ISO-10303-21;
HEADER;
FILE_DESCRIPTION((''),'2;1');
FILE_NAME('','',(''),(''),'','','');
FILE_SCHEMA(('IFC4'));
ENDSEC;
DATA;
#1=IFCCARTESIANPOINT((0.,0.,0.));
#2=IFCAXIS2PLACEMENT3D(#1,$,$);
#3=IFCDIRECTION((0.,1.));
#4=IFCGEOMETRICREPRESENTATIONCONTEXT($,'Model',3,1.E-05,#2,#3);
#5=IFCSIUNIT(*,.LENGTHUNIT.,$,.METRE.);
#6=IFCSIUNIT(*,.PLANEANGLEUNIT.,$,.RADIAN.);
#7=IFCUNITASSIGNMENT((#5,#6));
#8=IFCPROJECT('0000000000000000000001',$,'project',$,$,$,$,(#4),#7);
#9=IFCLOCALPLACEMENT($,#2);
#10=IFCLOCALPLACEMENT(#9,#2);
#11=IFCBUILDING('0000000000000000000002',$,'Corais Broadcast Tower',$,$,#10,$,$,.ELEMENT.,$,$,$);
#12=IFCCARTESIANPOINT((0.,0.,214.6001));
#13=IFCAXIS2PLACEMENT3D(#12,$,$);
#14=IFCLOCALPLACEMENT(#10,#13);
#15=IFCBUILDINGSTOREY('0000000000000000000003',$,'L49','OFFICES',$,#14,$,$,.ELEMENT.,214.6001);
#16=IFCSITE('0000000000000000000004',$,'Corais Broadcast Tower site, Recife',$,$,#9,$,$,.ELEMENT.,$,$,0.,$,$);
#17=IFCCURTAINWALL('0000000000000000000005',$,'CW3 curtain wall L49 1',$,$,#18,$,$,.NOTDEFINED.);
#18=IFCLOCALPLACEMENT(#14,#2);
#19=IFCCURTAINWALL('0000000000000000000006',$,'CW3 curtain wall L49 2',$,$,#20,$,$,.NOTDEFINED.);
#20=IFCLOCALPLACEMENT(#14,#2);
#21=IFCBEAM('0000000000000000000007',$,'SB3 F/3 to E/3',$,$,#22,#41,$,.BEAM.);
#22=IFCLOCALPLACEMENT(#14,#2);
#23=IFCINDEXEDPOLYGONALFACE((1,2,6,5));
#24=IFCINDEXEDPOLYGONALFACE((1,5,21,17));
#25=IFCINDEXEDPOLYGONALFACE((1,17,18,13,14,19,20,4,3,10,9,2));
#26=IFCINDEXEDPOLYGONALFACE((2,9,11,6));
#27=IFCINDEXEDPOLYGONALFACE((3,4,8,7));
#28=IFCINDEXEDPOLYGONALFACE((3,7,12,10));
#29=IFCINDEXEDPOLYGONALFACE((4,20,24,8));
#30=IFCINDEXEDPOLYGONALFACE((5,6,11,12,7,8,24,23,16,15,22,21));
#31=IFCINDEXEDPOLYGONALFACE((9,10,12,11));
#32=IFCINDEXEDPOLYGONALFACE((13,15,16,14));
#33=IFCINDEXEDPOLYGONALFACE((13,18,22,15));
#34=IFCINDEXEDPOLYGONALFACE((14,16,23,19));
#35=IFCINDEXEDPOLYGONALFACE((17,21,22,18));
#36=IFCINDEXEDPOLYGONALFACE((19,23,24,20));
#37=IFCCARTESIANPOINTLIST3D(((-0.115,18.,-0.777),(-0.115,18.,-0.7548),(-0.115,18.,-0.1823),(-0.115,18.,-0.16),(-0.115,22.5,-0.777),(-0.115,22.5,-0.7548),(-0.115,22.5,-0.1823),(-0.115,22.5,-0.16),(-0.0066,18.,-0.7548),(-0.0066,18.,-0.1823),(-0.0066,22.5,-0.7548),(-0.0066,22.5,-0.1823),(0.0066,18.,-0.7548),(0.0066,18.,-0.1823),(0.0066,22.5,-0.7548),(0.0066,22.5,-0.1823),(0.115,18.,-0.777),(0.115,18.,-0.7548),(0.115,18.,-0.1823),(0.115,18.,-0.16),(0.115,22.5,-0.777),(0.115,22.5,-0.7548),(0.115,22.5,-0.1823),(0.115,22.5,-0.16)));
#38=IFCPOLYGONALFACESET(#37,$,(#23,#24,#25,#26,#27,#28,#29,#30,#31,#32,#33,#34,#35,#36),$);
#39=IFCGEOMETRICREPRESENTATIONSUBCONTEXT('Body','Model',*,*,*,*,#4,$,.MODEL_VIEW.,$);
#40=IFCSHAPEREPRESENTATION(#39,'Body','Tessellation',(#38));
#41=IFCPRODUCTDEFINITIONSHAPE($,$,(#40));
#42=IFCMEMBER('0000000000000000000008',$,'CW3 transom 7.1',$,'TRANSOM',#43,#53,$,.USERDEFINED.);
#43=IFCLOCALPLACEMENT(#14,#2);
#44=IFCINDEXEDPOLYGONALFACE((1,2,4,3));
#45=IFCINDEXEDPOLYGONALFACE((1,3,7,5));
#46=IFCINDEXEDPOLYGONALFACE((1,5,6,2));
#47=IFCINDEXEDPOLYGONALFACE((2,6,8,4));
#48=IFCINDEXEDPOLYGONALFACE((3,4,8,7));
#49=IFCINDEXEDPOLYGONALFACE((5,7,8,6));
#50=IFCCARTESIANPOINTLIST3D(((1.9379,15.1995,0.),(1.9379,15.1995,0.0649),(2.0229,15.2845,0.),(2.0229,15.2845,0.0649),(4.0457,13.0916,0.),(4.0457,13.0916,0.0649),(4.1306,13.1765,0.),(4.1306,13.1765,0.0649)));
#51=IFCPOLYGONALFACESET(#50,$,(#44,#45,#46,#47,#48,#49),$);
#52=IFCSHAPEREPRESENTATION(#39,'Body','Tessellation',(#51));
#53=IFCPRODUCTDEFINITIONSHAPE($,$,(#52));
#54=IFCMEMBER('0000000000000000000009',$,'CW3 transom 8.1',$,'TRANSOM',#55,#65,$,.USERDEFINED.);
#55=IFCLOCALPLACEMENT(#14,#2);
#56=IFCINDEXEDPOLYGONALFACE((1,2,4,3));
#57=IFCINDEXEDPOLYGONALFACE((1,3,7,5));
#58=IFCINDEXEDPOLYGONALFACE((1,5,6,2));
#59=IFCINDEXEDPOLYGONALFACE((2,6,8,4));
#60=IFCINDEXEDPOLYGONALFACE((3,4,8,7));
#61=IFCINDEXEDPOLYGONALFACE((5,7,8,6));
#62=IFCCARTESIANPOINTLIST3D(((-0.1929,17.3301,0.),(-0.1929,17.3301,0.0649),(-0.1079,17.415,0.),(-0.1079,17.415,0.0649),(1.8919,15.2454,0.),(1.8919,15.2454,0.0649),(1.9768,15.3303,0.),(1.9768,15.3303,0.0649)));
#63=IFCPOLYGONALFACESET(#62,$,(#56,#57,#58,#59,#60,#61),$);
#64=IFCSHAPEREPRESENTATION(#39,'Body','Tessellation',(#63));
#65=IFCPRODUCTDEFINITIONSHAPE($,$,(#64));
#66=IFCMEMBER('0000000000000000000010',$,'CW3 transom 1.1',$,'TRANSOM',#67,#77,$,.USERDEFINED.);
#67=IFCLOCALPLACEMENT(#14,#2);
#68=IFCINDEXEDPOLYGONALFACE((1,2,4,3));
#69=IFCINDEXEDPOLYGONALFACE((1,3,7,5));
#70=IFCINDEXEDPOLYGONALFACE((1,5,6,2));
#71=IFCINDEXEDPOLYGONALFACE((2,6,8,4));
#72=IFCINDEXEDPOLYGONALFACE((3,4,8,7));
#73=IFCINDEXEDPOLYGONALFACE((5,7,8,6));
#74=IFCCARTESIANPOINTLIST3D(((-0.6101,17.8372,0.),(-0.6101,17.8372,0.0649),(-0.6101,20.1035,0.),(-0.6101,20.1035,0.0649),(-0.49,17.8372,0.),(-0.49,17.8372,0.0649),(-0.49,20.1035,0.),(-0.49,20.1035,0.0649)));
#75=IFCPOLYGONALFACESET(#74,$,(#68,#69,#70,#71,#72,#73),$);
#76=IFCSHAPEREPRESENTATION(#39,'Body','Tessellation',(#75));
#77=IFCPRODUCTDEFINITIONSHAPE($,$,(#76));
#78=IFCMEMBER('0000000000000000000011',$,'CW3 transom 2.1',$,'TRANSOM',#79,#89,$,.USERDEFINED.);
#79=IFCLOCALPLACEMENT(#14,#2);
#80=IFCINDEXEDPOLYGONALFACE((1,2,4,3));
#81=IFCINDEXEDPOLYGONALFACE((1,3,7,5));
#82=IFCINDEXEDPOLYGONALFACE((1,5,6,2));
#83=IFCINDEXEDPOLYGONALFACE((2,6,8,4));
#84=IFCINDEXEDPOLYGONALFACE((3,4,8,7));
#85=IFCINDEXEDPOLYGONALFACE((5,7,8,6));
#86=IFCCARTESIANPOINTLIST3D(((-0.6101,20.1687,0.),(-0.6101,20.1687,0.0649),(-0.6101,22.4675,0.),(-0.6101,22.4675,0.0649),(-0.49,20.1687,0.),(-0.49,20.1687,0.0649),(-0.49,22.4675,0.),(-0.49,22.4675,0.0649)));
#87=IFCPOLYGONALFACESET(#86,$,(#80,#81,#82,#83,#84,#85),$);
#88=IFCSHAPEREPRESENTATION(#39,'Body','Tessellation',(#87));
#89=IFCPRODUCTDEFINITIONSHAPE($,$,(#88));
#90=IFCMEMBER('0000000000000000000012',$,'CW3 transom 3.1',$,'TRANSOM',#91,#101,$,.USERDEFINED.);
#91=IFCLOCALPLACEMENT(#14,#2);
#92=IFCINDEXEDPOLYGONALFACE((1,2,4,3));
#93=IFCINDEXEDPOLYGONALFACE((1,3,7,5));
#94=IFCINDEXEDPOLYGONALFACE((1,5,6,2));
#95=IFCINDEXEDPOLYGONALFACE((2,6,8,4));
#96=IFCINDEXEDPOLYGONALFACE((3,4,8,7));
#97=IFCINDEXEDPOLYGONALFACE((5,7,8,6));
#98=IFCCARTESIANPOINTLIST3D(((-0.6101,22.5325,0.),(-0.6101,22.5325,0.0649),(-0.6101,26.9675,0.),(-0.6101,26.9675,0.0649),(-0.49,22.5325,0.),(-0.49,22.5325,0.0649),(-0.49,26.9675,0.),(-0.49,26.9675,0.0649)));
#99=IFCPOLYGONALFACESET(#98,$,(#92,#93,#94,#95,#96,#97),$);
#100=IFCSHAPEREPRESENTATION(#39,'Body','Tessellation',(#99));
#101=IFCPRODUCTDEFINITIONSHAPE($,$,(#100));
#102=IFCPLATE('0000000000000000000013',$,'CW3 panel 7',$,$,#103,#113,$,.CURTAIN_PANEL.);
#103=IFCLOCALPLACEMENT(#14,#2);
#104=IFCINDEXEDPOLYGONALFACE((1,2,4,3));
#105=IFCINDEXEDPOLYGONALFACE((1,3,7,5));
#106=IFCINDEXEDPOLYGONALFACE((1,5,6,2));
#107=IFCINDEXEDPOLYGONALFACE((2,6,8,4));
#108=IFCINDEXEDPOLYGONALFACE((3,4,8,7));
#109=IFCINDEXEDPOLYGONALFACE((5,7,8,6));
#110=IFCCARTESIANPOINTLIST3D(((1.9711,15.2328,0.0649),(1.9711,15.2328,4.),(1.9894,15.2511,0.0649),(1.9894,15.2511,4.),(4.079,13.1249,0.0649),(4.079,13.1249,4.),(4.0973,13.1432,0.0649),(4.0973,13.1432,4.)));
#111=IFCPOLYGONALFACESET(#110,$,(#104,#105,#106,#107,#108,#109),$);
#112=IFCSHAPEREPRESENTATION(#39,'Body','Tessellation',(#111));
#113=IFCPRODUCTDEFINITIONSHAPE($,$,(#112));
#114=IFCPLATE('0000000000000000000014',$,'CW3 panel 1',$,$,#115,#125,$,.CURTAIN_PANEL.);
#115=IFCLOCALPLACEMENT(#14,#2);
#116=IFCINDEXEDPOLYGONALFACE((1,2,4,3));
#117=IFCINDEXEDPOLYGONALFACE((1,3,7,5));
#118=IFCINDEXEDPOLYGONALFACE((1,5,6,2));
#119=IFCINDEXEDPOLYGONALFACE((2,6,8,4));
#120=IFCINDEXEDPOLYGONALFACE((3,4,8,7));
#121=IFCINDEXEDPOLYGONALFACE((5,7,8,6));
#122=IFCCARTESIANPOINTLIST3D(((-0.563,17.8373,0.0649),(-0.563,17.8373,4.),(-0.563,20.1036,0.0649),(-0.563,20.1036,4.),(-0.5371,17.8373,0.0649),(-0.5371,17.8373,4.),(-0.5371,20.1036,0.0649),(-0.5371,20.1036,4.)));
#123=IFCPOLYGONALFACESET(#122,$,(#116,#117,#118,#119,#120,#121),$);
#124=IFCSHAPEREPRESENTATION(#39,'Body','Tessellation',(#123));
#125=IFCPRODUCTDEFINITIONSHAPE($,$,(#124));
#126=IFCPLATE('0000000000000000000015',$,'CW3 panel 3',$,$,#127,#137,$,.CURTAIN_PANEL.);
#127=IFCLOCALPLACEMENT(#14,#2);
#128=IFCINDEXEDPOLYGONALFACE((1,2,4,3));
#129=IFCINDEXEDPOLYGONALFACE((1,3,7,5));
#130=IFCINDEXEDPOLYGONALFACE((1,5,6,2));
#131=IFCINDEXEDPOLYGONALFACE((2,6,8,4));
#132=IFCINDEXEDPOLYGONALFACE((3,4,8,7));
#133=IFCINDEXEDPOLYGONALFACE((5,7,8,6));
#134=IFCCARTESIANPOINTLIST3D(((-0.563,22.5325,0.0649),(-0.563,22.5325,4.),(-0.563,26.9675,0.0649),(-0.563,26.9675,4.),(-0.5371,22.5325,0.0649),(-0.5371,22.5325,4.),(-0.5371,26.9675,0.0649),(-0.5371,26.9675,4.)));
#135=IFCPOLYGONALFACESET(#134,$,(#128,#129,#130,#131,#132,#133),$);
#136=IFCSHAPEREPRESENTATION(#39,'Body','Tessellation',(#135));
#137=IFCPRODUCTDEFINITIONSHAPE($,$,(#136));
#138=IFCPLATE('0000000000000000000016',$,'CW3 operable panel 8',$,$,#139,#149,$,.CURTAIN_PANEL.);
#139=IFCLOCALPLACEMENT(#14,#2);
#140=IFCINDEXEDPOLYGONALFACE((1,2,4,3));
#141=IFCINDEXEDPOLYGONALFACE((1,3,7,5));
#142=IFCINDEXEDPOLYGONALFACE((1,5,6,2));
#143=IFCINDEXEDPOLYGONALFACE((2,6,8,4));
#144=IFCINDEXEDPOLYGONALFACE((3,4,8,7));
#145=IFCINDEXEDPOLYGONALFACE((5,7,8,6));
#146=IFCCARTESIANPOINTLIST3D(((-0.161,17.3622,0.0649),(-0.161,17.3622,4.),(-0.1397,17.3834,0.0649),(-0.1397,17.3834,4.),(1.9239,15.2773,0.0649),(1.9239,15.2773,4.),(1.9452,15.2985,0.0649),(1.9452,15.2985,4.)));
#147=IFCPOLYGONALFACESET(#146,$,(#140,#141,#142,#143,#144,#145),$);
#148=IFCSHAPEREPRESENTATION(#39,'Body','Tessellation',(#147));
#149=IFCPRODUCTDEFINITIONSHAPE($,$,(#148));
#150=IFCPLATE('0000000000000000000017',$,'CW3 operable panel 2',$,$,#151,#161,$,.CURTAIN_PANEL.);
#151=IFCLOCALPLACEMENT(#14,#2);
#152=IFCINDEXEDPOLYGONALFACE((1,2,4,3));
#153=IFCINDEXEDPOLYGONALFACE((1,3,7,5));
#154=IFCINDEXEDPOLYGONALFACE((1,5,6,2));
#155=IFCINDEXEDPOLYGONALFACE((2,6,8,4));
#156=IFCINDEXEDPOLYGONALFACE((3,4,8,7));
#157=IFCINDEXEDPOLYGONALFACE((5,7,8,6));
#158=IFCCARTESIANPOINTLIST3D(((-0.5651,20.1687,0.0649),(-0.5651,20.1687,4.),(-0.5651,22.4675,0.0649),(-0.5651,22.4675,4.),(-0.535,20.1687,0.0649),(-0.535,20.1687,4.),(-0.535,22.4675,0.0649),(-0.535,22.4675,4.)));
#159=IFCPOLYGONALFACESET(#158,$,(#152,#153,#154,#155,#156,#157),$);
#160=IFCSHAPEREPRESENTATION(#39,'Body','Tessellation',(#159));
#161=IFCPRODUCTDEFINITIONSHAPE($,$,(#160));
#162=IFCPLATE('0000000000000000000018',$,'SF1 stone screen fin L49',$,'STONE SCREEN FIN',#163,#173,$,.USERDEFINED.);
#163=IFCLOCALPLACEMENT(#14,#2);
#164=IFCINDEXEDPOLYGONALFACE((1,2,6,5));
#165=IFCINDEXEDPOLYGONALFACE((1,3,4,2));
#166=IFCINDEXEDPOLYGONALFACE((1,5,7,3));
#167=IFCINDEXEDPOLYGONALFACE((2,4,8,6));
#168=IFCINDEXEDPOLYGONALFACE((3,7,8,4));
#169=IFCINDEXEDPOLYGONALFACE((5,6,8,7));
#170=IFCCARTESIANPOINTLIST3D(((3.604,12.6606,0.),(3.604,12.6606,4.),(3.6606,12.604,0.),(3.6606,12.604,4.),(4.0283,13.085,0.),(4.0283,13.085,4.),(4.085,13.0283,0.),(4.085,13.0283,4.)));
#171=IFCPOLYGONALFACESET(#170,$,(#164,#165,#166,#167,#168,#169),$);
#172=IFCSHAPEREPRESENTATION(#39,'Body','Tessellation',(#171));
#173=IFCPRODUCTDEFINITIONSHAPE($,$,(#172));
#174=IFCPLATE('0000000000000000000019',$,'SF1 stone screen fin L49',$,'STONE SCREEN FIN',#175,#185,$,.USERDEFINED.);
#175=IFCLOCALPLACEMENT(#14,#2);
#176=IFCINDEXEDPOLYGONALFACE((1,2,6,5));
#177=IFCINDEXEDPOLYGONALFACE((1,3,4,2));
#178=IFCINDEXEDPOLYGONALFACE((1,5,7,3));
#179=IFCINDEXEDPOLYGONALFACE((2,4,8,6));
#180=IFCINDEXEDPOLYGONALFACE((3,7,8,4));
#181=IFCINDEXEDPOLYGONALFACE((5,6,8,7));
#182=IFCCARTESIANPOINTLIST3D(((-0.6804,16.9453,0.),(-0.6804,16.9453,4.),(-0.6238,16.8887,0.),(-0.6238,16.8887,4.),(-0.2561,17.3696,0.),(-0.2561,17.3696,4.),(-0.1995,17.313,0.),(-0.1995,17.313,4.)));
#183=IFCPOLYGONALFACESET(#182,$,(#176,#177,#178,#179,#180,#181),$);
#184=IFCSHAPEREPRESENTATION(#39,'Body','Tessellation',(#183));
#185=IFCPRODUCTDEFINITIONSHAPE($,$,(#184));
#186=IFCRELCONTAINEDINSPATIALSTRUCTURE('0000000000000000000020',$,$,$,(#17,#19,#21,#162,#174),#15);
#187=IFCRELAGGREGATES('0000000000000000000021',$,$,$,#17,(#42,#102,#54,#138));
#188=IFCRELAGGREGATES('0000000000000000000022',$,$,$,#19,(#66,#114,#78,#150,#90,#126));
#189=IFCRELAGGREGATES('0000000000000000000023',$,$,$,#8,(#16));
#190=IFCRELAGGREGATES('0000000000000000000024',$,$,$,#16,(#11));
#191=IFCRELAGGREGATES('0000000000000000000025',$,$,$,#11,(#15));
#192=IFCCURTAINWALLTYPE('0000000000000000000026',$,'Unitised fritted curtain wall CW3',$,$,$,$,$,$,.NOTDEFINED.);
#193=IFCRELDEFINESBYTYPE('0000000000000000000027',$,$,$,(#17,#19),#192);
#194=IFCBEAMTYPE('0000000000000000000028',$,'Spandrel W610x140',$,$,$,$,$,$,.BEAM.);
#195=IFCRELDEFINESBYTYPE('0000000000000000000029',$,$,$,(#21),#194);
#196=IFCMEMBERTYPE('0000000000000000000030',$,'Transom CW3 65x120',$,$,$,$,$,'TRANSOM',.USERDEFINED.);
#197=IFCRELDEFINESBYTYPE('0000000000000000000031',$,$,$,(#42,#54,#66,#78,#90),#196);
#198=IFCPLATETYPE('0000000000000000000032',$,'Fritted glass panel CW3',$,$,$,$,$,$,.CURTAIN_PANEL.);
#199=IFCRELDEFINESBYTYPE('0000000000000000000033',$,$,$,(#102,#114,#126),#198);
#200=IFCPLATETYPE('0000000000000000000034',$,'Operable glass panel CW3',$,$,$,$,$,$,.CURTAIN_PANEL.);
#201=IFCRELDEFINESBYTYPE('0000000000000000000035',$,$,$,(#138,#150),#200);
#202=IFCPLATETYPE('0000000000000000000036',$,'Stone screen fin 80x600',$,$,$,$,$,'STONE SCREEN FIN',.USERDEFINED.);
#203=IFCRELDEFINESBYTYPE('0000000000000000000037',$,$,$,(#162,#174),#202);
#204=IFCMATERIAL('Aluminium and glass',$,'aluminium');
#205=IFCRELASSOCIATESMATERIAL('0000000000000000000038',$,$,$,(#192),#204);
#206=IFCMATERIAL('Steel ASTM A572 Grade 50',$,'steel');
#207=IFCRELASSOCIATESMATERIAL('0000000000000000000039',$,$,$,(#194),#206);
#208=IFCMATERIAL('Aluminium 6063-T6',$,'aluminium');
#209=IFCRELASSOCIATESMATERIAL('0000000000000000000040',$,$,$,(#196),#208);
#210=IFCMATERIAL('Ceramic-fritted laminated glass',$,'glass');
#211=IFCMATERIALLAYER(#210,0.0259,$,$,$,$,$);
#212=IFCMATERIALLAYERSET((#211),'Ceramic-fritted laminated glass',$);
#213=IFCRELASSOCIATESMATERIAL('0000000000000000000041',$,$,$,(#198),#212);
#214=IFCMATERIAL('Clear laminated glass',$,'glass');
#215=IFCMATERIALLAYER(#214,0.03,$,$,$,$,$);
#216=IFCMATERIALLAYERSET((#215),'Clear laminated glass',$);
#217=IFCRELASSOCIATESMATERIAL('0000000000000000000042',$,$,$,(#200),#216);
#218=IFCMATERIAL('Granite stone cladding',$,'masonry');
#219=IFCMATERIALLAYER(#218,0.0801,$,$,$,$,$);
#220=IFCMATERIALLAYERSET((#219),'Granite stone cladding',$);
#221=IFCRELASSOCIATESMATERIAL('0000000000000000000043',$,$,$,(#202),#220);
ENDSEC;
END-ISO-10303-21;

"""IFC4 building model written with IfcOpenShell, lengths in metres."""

from ifc_helpers import new_model, si_unit, direction, frame, origin, origin_2d, place, context, subcontext, project, spatial, rectangle, i_section, extrude, material, layer, layer_set, material_profile, profile_set, type_object, element, aggregate, save


model = new_model("IFC4")

# Units and contexts
model_context = context("Model", 3, precision=1e-05, world=origin(), true_north=direction((0.0, 1.0)))
body_context = subcontext(model_context, "Body", "Model", "MODEL_VIEW")
ifc_project = project(units=[si_unit("LENGTHUNIT", "METRE"), si_unit("PLANEANGLEUNIT", "RADIAN")], contexts=[model_context])

# Site, building, storey
site_placement = place(None, origin())
site = spatial("IfcSite", under=ifc_project, at=site_placement, Name="Corais Broadcast Tower site, Recife", CompositionType="ELEMENT", RefElevation=0.0)
building_placement = place(site_placement, origin())
building = spatial("IfcBuilding", under=site, at=building_placement, Name="Corais Broadcast Tower", CompositionType="ELEMENT")
storey_placement = place(building_placement, frame((0.0, 0.0, 214.6001)))
storey = spatial("IfcBuildingStorey", under=building, at=storey_placement, Name="L49", Description="OFFICES", CompositionType="ELEMENT", Elevation=214.6001)

# Curtain walls
ifc_material_1 = material(Name="Aluminium and glass", Category="aluminium")
curtain_wall_type = type_object("IfcCurtainWallType", Name="Unitised fritted curtain wall CW3", PredefinedType="NOTDEFINED", material=ifc_material_1)
curtain_wall_1_placement = place(storey_placement, origin())
curtain_wall_1 = element("IfcCurtainWall", 1, at=curtain_wall_1_placement, inside=storey, type_object=curtain_wall_type, Name="CW3 curtain wall L49 1", PredefinedType="NOTDEFINED")
curtain_wall_2_placement = place(storey_placement, origin())
curtain_wall_2 = element("IfcCurtainWall", 2, at=curtain_wall_2_placement, inside=storey, type_object=curtain_wall_type, Name="CW3 curtain wall L49 2", PredefinedType="NOTDEFINED")

# Beam
ifc_material_2 = material(Name="Steel ASTM A572 Grade 50", Category="steel")
ifc_material_profile_1 = material_profile(ifc_material_2, i_section(OverallWidth=0.23, OverallDepth=0.6169, WebThickness=0.0132, FlangeThickness=0.0222, at=origin_2d()), Name="W610x140")
ifc_profile_set_1 = profile_set([ifc_material_profile_1], Name="Steel ASTM A572 Grade 50")
beam_type_1 = type_object("IfcBeamType", Name="Spandrel W610x140", PredefinedType="BEAM", material=ifc_profile_set_1)
beam_1_placement = place(storey_placement, frame((0.0, 22.5, -0.4685), z_axis=(0.0, -1.0, 0.0), x_axis=(1.0, 0.0, 0.0)))
element("IfcBeam", 3, at=beam_1_placement, inside=storey, type_object=beam_type_1, Name="SB3 F/3 to E/3", PredefinedType="BEAM", context=body_context, shape_type="SweptSolid", body=[
    extrude(i_section(OverallWidth=0.23, OverallDepth=0.6169, WebThickness=0.0132, FlangeThickness=0.0222, at=origin_2d()), origin(), (0.0, 0.0, 1.0), 4.5),
])

# Members
ifc_material_3 = material(Name="Aluminium 6063-T6", Category="aluminium")
ifc_material_profile_2 = material_profile(ifc_material_3, rectangle(XDim=0.1201, YDim=0.0649, at=origin_2d()), Name="Transom CW3 65x120")
ifc_profile_set_2 = profile_set([ifc_material_profile_2], Name="Aluminium 6063-T6")
member_type_1 = type_object("IfcMemberType", Name="Transom CW3 65x120", ElementType="TRANSOM", PredefinedType="USERDEFINED", material=ifc_profile_set_2)
member_1_placement = place(storey_placement, frame((4.0881, 13.134, 0.0325), z_axis=(-0.707066, 0.707148, 0.0), x_axis=(-0.707148, -0.707066, 0.0)))
member_1 = element("IfcMember", 4, at=member_1_placement, type_object=member_type_1, Name="CW3 transom 7.1", ObjectType="TRANSOM", PredefinedType="USERDEFINED", context=body_context, shape_type="SweptSolid", body=[
    extrude(rectangle(XDim=0.1201, YDim=0.0649, at=origin_2d()), origin(), (0.0, 0.0, 1.0), 2.981),
])
member_2_placement = place(storey_placement, frame((1.9343, 15.2878, 0.0325), z_axis=(-0.707107, 0.707107, 0.0), x_axis=(-0.707107, -0.707107, 0.0)))
member_2 = element("IfcMember", 5, at=member_2_placement, type_object=member_type_1, Name="CW3 transom 8.1", ObjectType="TRANSOM", PredefinedType="USERDEFINED", context=body_context, shape_type="SweptSolid", body=[
    extrude(rectangle(XDim=0.1201, YDim=0.0649, at=origin_2d()), origin(), (0.0, 0.0, 1.0), 2.9482),
])
member_3_placement = place(storey_placement, frame((-0.55, 17.8372, 0.0325), z_axis=(0.0, 1.0, 0.0), x_axis=(-1.0, 0.0, 0.0)))
member_3 = element("IfcMember", 6, at=member_3_placement, type_object=member_type_1, Name="CW3 transom 1.1", ObjectType="TRANSOM", PredefinedType="USERDEFINED", context=body_context, shape_type="SweptSolid", body=[
    extrude(rectangle(XDim=0.1201, YDim=0.0649, at=origin_2d()), origin(), (0.0, 0.0, 1.0), 2.2664),
])
member_4_placement = place(storey_placement, frame((-0.55, 20.1687, 0.0325), z_axis=(0.0, 1.0, 0.0), x_axis=(-1.0, 0.0, 0.0)))
member_4 = element("IfcMember", 7, at=member_4_placement, type_object=member_type_1, Name="CW3 transom 2.1", ObjectType="TRANSOM", PredefinedType="USERDEFINED", context=body_context, shape_type="SweptSolid", body=[
    extrude(rectangle(XDim=0.1201, YDim=0.0649, at=origin_2d()), origin(), (0.0, 0.0, 1.0), 2.2988),
])
member_5_placement = place(storey_placement, frame((-0.55, 22.5325, 0.0325), z_axis=(0.0, 1.0, 0.0), x_axis=(-1.0, 0.0, 0.0)))
member_5 = element("IfcMember", 8, at=member_5_placement, type_object=member_type_1, Name="CW3 transom 3.1", ObjectType="TRANSOM", PredefinedType="USERDEFINED", context=body_context, shape_type="SweptSolid", body=[
    extrude(rectangle(XDim=0.1201, YDim=0.0649, at=origin_2d()), origin(), (0.0, 0.0, 1.0), 4.4351),
])

# Plates
ifc_material_4 = material(Name="Ceramic-fritted laminated glass", Category="glass")
ifc_layer_1 = layer(ifc_material_4, 0.0259)
ifc_layer_set_1 = layer_set([ifc_layer_1], Name="Ceramic-fritted laminated glass")
plate_type_1 = type_object("IfcPlateType", Name="Fritted glass panel CW3", PredefinedType="CURTAIN_PANEL", material=ifc_layer_set_1)
plate_1_placement = place(storey_placement, frame((3.0342, 14.188, 0.0649), z_axis=(0.0, 0.0, 1.0), x_axis=(-0.707107, 0.707107, 0.0)))
plate_1 = element("IfcPlate", 9, at=plate_1_placement, type_object=plate_type_1, Name="CW3 panel 7", PredefinedType="CURTAIN_PANEL", context=body_context, shape_type="SweptSolid", body=[
    extrude(rectangle(XDim=2.981, YDim=0.0259, at=origin_2d()), origin(), (0.0, 0.0, 1.0), 3.9351),
])
plate_2_placement = place(storey_placement, frame((-0.55, 18.9705, 0.0649), z_axis=(0.0, 0.0, 1.0), x_axis=(0.0, 1.0, 0.0)))
plate_2 = element("IfcPlate", 10, at=plate_2_placement, type_object=plate_type_1, Name="CW3 panel 1", PredefinedType="CURTAIN_PANEL", context=body_context, shape_type="SweptSolid", body=[
    extrude(rectangle(XDim=2.2664, YDim=0.0259, at=origin_2d()), origin(), (0.0, 0.0, 1.0), 3.9351),
])
plate_3_placement = place(storey_placement, frame((-0.55, 24.75, 0.0649), z_axis=(0.0, 0.0, 1.0), x_axis=(0.0, 1.0, 0.0)))
plate_3 = element("IfcPlate", 11, at=plate_3_placement, type_object=plate_type_1, Name="CW3 panel 3", PredefinedType="CURTAIN_PANEL", context=body_context, shape_type="SweptSolid", body=[
    extrude(rectangle(XDim=4.4351, YDim=0.0259, at=origin_2d()), origin(), (0.0, 0.0, 1.0), 3.9351),
])
ifc_material_5 = material(Name="Clear laminated glass", Category="glass")
ifc_layer_2 = layer(ifc_material_5, 0.03)
ifc_layer_set_2 = layer_set([ifc_layer_2], Name="Clear laminated glass")
plate_type_2 = type_object("IfcPlateType", Name="Operable glass panel CW3", PredefinedType="CURTAIN_PANEL", material=ifc_layer_set_2)
plate_4_placement = place(storey_placement, frame((0.8921, 16.3303, 0.0649), z_axis=(0.0, 0.0, 1.0), x_axis=(-0.707107, 0.707107, 0.0)))
plate_4 = element("IfcPlate", 12, at=plate_4_placement, type_object=plate_type_2, Name="CW3 operable panel 8", PredefinedType="CURTAIN_PANEL", context=body_context, shape_type="SweptSolid", body=[
    extrude(rectangle(XDim=2.9485, YDim=0.03, at=origin_2d()), origin(), (0.0, 0.0, 1.0), 3.9351),
])
aggregate(curtain_wall_1, [member_1, plate_1, member_2, plate_4])
plate_5_placement = place(storey_placement, frame((-0.55, 21.3181, 0.0649), z_axis=(0.0, 0.0, 1.0), x_axis=(0.0, 1.0, 0.0)))
plate_5 = element("IfcPlate", 13, at=plate_5_placement, type_object=plate_type_2, Name="CW3 operable panel 2", PredefinedType="CURTAIN_PANEL", context=body_context, shape_type="SweptSolid", body=[
    extrude(rectangle(XDim=2.2988, YDim=0.03, at=origin_2d()), origin(), (0.0, 0.0, 1.0), 3.9351),
])
aggregate(curtain_wall_2, [member_3, plate_2, member_4, plate_5, member_5, plate_3])

# Plates
ifc_material_6 = material(Name="Granite stone cladding", Category="masonry")
ifc_layer_3 = layer(ifc_material_6, 0.0801)
ifc_layer_set_3 = layer_set([ifc_layer_3], Name="Granite stone cladding")
plate_type_3 = type_object("IfcPlateType", Name="Stone screen fin 80x600", ElementType="STONE SCREEN FIN", PredefinedType="USERDEFINED", material=ifc_layer_set_3)
for number, where, z_axis, x_axis, name in (
    (14, (3.8445, 12.8445, 0.0), (0.0, 0.0, 1.0), (-0.707107, 0.707107, 0.0), "SF1 stone screen fin L49"),
    (15, (-0.4399, 17.1292, 0.0), (0.0, 0.0, 1.0), (-0.707107, 0.707107, 0.0), "SF1 stone screen fin L49"),
):
    element("IfcPlate", number, at=place(storey_placement, frame(where, z_axis=z_axis, x_axis=x_axis)), inside=storey, type_object=plate_type_3, Name=name, ObjectType="STONE SCREEN FIN", PredefinedType="USERDEFINED", context=body_context, shape_type="SweptSolid", body=[
        extrude(rectangle(XDim=0.0801, YDim=0.6001, at=origin_2d()), origin(), (0.0, 0.0, 1.0), 4.0),
    ])

save(model, "model.ifc")
